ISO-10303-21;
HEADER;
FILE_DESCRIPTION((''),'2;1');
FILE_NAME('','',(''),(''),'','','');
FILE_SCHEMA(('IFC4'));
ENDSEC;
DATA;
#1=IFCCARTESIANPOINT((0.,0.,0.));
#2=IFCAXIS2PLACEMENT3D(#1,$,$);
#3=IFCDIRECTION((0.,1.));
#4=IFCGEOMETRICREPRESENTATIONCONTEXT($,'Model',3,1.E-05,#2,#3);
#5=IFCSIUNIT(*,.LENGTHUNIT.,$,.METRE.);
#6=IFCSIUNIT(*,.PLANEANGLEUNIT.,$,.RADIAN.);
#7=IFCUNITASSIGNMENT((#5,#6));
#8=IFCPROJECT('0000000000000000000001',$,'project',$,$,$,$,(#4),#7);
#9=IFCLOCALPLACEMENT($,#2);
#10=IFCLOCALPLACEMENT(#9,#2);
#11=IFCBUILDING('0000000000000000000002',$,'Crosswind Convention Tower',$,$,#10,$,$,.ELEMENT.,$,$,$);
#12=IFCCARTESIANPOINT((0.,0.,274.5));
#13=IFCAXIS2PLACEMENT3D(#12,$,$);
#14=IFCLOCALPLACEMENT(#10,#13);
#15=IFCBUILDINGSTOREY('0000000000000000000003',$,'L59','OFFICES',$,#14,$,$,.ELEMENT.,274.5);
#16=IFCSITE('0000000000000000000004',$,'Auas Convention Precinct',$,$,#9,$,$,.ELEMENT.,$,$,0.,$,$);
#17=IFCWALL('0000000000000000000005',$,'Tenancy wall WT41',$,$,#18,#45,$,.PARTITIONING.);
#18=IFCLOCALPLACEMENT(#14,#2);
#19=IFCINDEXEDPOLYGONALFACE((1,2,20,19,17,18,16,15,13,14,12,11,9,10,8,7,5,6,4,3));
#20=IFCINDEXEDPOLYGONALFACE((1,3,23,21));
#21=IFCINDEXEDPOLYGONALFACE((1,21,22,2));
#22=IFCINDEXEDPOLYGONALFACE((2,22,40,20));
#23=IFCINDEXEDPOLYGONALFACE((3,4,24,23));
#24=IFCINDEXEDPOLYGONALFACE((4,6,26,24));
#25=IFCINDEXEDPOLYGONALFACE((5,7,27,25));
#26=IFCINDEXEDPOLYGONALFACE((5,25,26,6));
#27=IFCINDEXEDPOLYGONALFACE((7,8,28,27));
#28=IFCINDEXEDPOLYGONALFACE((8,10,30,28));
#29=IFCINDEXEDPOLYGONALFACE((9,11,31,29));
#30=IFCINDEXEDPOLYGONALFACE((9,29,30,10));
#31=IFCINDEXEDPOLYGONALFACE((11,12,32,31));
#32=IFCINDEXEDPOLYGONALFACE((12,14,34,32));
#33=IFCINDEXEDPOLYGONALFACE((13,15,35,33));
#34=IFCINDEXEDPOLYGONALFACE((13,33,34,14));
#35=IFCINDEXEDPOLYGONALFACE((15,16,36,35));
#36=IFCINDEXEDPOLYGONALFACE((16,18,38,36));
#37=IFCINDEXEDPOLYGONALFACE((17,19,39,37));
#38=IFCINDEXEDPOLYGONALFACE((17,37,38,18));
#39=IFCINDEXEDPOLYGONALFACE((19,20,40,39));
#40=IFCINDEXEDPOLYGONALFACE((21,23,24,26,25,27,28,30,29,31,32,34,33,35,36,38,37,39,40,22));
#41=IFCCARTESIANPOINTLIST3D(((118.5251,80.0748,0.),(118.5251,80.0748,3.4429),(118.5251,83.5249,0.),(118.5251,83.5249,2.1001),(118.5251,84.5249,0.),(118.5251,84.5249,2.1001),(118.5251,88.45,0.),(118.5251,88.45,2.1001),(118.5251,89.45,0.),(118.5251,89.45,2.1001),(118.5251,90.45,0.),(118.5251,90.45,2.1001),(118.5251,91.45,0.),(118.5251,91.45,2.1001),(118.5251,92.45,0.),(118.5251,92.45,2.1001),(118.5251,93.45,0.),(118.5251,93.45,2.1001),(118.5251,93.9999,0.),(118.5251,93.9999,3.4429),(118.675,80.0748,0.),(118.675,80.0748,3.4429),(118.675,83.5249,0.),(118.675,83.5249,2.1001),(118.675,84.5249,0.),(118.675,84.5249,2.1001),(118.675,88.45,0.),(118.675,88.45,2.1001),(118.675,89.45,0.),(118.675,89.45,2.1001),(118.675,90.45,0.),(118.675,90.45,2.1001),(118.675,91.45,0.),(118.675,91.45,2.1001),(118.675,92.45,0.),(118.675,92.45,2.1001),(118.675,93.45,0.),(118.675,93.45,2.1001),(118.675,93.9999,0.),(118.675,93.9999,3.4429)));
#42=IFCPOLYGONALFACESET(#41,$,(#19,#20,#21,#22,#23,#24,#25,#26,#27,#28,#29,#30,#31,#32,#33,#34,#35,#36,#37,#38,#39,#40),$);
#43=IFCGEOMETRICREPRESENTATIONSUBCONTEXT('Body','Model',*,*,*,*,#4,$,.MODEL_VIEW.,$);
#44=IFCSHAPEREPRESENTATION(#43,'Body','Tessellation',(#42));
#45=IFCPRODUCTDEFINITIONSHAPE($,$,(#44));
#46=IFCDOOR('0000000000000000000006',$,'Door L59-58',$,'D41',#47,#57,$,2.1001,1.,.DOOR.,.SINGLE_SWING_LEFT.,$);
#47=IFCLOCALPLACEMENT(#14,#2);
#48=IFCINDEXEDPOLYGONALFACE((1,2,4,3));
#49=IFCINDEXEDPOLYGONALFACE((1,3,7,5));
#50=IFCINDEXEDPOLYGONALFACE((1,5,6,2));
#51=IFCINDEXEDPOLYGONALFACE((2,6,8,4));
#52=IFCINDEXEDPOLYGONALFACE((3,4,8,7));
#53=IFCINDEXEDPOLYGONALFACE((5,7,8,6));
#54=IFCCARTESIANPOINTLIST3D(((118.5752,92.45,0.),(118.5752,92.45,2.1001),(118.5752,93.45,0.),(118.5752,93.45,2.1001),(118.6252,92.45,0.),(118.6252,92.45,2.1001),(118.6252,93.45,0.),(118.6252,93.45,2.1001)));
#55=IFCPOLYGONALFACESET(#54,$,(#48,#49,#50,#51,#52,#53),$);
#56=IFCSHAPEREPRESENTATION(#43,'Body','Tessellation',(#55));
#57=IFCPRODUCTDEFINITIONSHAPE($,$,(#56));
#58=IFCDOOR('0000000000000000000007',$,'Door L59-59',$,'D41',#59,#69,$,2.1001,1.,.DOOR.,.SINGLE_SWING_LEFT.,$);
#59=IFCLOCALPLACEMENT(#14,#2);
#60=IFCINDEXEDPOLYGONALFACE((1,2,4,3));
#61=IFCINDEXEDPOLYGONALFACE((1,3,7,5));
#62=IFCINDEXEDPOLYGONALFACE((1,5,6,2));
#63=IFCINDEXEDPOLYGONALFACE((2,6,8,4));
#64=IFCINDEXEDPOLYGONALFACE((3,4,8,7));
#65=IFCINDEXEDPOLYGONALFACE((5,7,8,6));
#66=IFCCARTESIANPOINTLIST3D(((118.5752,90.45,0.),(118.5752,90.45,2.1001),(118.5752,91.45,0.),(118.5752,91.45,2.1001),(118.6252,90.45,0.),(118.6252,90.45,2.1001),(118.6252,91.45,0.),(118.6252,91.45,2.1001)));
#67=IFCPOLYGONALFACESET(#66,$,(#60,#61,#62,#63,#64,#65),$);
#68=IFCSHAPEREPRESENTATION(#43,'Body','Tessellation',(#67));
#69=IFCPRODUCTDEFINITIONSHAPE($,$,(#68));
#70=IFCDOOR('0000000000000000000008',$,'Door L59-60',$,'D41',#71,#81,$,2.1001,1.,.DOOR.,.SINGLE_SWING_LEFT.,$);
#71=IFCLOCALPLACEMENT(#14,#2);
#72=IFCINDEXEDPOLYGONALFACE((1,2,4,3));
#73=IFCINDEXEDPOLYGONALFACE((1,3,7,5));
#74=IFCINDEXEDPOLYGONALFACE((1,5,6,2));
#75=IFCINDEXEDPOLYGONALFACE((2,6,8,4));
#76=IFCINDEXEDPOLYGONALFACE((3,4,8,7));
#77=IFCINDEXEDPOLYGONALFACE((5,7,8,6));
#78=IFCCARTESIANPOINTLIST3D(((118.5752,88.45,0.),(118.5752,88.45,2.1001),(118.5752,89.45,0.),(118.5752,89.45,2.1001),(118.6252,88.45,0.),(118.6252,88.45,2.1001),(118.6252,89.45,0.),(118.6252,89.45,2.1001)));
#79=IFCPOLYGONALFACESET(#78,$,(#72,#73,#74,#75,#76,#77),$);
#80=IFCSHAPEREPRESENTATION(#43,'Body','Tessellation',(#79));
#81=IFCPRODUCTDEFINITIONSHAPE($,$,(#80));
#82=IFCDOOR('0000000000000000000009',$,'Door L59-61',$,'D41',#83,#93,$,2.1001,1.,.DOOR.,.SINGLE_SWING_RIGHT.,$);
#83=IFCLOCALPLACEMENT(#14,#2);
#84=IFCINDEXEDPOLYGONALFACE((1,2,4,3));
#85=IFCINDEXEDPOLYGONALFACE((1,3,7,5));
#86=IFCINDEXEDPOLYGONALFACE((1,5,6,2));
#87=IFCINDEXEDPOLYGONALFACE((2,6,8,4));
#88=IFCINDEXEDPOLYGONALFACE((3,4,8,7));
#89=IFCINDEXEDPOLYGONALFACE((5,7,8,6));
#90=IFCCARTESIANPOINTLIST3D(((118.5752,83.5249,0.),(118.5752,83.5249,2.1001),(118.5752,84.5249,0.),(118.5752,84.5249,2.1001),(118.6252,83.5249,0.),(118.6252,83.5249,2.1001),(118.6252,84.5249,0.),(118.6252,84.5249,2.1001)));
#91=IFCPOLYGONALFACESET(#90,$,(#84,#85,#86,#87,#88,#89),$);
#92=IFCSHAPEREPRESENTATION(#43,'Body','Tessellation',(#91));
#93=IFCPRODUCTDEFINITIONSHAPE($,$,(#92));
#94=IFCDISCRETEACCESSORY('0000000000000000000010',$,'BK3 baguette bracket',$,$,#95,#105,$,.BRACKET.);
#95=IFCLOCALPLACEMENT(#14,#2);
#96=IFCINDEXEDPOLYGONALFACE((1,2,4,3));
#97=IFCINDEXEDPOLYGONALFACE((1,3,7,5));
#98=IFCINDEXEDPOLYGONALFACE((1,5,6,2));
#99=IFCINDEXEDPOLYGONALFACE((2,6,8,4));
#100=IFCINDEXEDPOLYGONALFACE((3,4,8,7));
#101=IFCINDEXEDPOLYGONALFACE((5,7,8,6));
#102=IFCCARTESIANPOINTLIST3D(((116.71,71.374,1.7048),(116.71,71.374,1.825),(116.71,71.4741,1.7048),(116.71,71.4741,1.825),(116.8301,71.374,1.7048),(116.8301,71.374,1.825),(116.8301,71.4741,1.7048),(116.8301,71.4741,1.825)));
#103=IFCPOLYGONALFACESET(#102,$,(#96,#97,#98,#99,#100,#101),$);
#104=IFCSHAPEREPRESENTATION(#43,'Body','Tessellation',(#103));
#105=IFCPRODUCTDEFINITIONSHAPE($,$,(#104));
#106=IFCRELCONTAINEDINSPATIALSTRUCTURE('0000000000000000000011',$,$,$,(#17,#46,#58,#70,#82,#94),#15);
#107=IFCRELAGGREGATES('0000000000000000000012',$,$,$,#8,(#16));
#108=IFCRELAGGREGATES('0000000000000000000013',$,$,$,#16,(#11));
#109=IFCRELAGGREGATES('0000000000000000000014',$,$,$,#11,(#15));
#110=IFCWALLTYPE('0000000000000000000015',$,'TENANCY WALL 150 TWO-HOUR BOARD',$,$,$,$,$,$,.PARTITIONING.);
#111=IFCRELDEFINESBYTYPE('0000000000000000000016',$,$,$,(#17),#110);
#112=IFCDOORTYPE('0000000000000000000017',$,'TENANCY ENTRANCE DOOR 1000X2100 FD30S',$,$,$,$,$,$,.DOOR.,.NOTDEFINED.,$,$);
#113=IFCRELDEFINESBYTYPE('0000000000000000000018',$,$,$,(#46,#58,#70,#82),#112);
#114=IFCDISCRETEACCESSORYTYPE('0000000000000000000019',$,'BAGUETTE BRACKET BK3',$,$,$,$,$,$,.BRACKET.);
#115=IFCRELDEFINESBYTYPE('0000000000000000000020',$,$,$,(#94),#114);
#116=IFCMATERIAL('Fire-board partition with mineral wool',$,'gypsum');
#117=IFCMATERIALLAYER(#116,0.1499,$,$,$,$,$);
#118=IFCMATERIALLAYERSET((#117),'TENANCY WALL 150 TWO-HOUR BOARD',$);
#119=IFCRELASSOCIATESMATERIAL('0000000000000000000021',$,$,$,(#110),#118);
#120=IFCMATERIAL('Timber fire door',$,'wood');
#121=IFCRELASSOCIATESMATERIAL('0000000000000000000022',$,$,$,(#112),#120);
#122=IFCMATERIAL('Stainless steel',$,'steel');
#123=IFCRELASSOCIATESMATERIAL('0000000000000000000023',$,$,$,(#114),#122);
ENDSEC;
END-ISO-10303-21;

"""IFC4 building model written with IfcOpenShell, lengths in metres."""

from ifc_helpers import new_model, si_unit, direction, frame, frame_2d, origin, origin_2d, place, context, subcontext, project, spatial, rectangle, extrude, material, layer, layer_set, type_object, element, fill, save


model = new_model("IFC4")

# Units and contexts
model_context = context("Model", 3, precision=1e-05, world=origin(), true_north=direction((0.0, 1.0)))
body_context = subcontext(model_context, "Body", "Model", "MODEL_VIEW")
ifc_project = project(units=[si_unit("LENGTHUNIT", "METRE"), si_unit("PLANEANGLEUNIT", "RADIAN")], contexts=[model_context])

# Site, building, storey
site_placement = place(None, origin())
site = spatial("IfcSite", under=ifc_project, at=site_placement, Name="Auas Convention Precinct", CompositionType="ELEMENT", RefElevation=0.0)
building_placement = place(site_placement, origin())
building = spatial("IfcBuilding", under=site, at=building_placement, Name="Crosswind Convention Tower", CompositionType="ELEMENT")
storey_placement = place(building_placement, frame((0.0, 0.0, 274.5)))
storey = spatial("IfcBuildingStorey", under=building, at=storey_placement, Name="L59", Description="OFFICES", CompositionType="ELEMENT", Elevation=274.5)

# Wall, openings, doors
ifc_material_1 = material(Name="Fire-board partition with mineral wool", Category="gypsum")
ifc_layer_1 = layer(ifc_material_1, 0.1499)
ifc_layer_set_1 = layer_set([ifc_layer_1], Name="TENANCY WALL 150 TWO-HOUR BOARD")
wall_type = type_object("IfcWallType", Name="TENANCY WALL 150 TWO-HOUR BOARD", PredefinedType="PARTITIONING", material=ifc_layer_set_1)
wall_placement = place(storey_placement, frame((118.6001, 80.075, 0.0), z_axis=(0.0, 0.0, 1.0), x_axis=(0.0, 1.0, 0.0)))
wall = element("IfcWall", 1, at=wall_placement, inside=storey, type_object=wall_type, Name="Tenancy wall WT41", PredefinedType="PARTITIONING", context=body_context, shape_type="SweptSolid", body=[
    extrude(rectangle(XDim=13.925, YDim=0.1499, at=frame_2d((6.9624, 0.0))), origin(), (0.0, 0.0, 1.0), 3.4429),
])
opening_1_placement = place(wall_placement, frame((12.375, 0.0, 0.0)))
opening_1 = element("IfcOpeningElement", 2, at=opening_1_placement, cuts=wall, PredefinedType="OPENING", context=body_context, shape_type="SweptSolid", body=[
    extrude(rectangle(XDim=1.0, YDim=2.1001, at=frame_2d((0.5, 1.05))), frame((0.0, 0.085, 0.0), z_axis=(0.0, -1.0, 0.0), x_axis=(1.0, 0.0, 0.0)), (0.0, 0.0, 1.0), 0.1699),
])
opening_2_placement = place(wall_placement, frame((10.375, 0.0, 0.0)))
opening_2 = element("IfcOpeningElement", 3, at=opening_2_placement, cuts=wall, PredefinedType="OPENING", context=body_context, shape_type="SweptSolid", body=[
    extrude(rectangle(XDim=1.0, YDim=2.1001, at=frame_2d((0.5, 1.05))), frame((0.0, 0.085, 0.0), z_axis=(0.0, -1.0, 0.0), x_axis=(1.0, 0.0, 0.0)), (0.0, 0.0, 1.0), 0.1699),
])
opening_3_placement = place(wall_placement, frame((8.375, 0.0, 0.0)))
opening_3 = element("IfcOpeningElement", 4, at=opening_3_placement, cuts=wall, PredefinedType="OPENING", context=body_context, shape_type="SweptSolid", body=[
    extrude(rectangle(XDim=1.0, YDim=2.1001, at=frame_2d((0.5, 1.05))), frame((0.0, 0.085, 0.0), z_axis=(0.0, -1.0, 0.0), x_axis=(1.0, 0.0, 0.0)), (0.0, 0.0, 1.0), 0.1699),
])
opening_4_placement = place(wall_placement, frame((3.45, 0.0, 0.0)))
opening_4 = element("IfcOpeningElement", 5, at=opening_4_placement, cuts=wall, PredefinedType="OPENING", context=body_context, shape_type="SweptSolid", body=[
    extrude(rectangle(XDim=1.0, YDim=2.1001, at=frame_2d((0.5, 1.05))), frame((0.0, 0.085, 0.0), z_axis=(0.0, -1.0, 0.0), x_axis=(1.0, 0.0, 0.0)), (0.0, 0.0, 1.0), 0.1699),
])
ifc_material_2 = material(Name="Timber fire door", Category="wood")
door_type = type_object("IfcDoorType", Name="TENANCY ENTRANCE DOOR 1000X2100 FD30S", OperationType="NOTDEFINED", PredefinedType="DOOR", material=ifc_material_2)
door_1_placement = place(opening_1_placement, origin())
door_1 = element("IfcDoor", 6, at=door_1_placement, inside=storey, type_object=door_type, Name="Door L59-58", ObjectType="D41", OperationType="SINGLE_SWING_LEFT", OverallHeight=2.1001, OverallWidth=1.0, PredefinedType="DOOR", context=body_context, shape_type="SweptSolid", body=[
    extrude(rectangle(XDim=1.0, YDim=2.1001, at=frame_2d((0.5, 1.05))), frame((0.0, 0.0249, 0.0), z_axis=(0.0, -1.0, 0.0), x_axis=(1.0, 0.0, 0.0)), (0.0, 0.0, 1.0), 0.05),
])
fill(opening_1, door_1)
door_2_placement = place(opening_2_placement, origin())
door_2 = element("IfcDoor", 7, at=door_2_placement, inside=storey, type_object=door_type, Name="Door L59-59", ObjectType="D41", OperationType="SINGLE_SWING_LEFT", OverallHeight=2.1001, OverallWidth=1.0, PredefinedType="DOOR", context=body_context, shape_type="SweptSolid", body=[
    extrude(rectangle(XDim=1.0, YDim=2.1001, at=frame_2d((0.5, 1.05))), frame((0.0, 0.0249, 0.0), z_axis=(0.0, -1.0, 0.0), x_axis=(1.0, 0.0, 0.0)), (0.0, 0.0, 1.0), 0.05),
])
fill(opening_2, door_2)
door_3_placement = place(opening_3_placement, origin())
door_3 = element("IfcDoor", 8, at=door_3_placement, inside=storey, type_object=door_type, Name="Door L59-60", ObjectType="D41", OperationType="SINGLE_SWING_LEFT", OverallHeight=2.1001, OverallWidth=1.0, PredefinedType="DOOR", context=body_context, shape_type="SweptSolid", body=[
    extrude(rectangle(XDim=1.0, YDim=2.1001, at=frame_2d((0.5, 1.05))), frame((0.0, 0.0249, 0.0), z_axis=(0.0, -1.0, 0.0), x_axis=(1.0, 0.0, 0.0)), (0.0, 0.0, 1.0), 0.05),
])
fill(opening_3, door_3)
door_4_placement = place(opening_4_placement, origin())
door_4 = element("IfcDoor", 9, at=door_4_placement, inside=storey, type_object=door_type, Name="Door L59-61", ObjectType="D41", OperationType="SINGLE_SWING_RIGHT", OverallHeight=2.1001, OverallWidth=1.0, PredefinedType="DOOR", context=body_context, shape_type="SweptSolid", body=[
    extrude(rectangle(XDim=1.0, YDim=2.1001, at=frame_2d((0.5, 1.05))), frame((0.0, 0.0249, 0.0), z_axis=(0.0, -1.0, 0.0), x_axis=(1.0, 0.0, 0.0)), (0.0, 0.0, 1.0), 0.05),
])
fill(opening_4, door_4)

# Discrete accessory
ifc_material_3 = material(Name="Stainless steel", Category="steel")
discrete_accessory_type = type_object("IfcDiscreteAccessoryType", Name="BAGUETTE BRACKET BK3", PredefinedType="BRACKET", material=ifc_material_3)
discrete_accessory_placement = place(storey_placement, frame((116.77, 71.4241, 1.7048), z_axis=(0.0, 0.0, 1.0), x_axis=(1.0, 0.0, 0.0)))
element("IfcDiscreteAccessory", 10, at=discrete_accessory_placement, inside=storey, type_object=discrete_accessory_type, Name="BK3 baguette bracket", PredefinedType="BRACKET", context=body_context, shape_type="SweptSolid", body=[
    extrude(rectangle(XDim=0.1201, YDim=0.1001, at=origin_2d()), origin(), (0.0, 0.0, 1.0), 0.1201),
])

save(model, "model.ifc")
